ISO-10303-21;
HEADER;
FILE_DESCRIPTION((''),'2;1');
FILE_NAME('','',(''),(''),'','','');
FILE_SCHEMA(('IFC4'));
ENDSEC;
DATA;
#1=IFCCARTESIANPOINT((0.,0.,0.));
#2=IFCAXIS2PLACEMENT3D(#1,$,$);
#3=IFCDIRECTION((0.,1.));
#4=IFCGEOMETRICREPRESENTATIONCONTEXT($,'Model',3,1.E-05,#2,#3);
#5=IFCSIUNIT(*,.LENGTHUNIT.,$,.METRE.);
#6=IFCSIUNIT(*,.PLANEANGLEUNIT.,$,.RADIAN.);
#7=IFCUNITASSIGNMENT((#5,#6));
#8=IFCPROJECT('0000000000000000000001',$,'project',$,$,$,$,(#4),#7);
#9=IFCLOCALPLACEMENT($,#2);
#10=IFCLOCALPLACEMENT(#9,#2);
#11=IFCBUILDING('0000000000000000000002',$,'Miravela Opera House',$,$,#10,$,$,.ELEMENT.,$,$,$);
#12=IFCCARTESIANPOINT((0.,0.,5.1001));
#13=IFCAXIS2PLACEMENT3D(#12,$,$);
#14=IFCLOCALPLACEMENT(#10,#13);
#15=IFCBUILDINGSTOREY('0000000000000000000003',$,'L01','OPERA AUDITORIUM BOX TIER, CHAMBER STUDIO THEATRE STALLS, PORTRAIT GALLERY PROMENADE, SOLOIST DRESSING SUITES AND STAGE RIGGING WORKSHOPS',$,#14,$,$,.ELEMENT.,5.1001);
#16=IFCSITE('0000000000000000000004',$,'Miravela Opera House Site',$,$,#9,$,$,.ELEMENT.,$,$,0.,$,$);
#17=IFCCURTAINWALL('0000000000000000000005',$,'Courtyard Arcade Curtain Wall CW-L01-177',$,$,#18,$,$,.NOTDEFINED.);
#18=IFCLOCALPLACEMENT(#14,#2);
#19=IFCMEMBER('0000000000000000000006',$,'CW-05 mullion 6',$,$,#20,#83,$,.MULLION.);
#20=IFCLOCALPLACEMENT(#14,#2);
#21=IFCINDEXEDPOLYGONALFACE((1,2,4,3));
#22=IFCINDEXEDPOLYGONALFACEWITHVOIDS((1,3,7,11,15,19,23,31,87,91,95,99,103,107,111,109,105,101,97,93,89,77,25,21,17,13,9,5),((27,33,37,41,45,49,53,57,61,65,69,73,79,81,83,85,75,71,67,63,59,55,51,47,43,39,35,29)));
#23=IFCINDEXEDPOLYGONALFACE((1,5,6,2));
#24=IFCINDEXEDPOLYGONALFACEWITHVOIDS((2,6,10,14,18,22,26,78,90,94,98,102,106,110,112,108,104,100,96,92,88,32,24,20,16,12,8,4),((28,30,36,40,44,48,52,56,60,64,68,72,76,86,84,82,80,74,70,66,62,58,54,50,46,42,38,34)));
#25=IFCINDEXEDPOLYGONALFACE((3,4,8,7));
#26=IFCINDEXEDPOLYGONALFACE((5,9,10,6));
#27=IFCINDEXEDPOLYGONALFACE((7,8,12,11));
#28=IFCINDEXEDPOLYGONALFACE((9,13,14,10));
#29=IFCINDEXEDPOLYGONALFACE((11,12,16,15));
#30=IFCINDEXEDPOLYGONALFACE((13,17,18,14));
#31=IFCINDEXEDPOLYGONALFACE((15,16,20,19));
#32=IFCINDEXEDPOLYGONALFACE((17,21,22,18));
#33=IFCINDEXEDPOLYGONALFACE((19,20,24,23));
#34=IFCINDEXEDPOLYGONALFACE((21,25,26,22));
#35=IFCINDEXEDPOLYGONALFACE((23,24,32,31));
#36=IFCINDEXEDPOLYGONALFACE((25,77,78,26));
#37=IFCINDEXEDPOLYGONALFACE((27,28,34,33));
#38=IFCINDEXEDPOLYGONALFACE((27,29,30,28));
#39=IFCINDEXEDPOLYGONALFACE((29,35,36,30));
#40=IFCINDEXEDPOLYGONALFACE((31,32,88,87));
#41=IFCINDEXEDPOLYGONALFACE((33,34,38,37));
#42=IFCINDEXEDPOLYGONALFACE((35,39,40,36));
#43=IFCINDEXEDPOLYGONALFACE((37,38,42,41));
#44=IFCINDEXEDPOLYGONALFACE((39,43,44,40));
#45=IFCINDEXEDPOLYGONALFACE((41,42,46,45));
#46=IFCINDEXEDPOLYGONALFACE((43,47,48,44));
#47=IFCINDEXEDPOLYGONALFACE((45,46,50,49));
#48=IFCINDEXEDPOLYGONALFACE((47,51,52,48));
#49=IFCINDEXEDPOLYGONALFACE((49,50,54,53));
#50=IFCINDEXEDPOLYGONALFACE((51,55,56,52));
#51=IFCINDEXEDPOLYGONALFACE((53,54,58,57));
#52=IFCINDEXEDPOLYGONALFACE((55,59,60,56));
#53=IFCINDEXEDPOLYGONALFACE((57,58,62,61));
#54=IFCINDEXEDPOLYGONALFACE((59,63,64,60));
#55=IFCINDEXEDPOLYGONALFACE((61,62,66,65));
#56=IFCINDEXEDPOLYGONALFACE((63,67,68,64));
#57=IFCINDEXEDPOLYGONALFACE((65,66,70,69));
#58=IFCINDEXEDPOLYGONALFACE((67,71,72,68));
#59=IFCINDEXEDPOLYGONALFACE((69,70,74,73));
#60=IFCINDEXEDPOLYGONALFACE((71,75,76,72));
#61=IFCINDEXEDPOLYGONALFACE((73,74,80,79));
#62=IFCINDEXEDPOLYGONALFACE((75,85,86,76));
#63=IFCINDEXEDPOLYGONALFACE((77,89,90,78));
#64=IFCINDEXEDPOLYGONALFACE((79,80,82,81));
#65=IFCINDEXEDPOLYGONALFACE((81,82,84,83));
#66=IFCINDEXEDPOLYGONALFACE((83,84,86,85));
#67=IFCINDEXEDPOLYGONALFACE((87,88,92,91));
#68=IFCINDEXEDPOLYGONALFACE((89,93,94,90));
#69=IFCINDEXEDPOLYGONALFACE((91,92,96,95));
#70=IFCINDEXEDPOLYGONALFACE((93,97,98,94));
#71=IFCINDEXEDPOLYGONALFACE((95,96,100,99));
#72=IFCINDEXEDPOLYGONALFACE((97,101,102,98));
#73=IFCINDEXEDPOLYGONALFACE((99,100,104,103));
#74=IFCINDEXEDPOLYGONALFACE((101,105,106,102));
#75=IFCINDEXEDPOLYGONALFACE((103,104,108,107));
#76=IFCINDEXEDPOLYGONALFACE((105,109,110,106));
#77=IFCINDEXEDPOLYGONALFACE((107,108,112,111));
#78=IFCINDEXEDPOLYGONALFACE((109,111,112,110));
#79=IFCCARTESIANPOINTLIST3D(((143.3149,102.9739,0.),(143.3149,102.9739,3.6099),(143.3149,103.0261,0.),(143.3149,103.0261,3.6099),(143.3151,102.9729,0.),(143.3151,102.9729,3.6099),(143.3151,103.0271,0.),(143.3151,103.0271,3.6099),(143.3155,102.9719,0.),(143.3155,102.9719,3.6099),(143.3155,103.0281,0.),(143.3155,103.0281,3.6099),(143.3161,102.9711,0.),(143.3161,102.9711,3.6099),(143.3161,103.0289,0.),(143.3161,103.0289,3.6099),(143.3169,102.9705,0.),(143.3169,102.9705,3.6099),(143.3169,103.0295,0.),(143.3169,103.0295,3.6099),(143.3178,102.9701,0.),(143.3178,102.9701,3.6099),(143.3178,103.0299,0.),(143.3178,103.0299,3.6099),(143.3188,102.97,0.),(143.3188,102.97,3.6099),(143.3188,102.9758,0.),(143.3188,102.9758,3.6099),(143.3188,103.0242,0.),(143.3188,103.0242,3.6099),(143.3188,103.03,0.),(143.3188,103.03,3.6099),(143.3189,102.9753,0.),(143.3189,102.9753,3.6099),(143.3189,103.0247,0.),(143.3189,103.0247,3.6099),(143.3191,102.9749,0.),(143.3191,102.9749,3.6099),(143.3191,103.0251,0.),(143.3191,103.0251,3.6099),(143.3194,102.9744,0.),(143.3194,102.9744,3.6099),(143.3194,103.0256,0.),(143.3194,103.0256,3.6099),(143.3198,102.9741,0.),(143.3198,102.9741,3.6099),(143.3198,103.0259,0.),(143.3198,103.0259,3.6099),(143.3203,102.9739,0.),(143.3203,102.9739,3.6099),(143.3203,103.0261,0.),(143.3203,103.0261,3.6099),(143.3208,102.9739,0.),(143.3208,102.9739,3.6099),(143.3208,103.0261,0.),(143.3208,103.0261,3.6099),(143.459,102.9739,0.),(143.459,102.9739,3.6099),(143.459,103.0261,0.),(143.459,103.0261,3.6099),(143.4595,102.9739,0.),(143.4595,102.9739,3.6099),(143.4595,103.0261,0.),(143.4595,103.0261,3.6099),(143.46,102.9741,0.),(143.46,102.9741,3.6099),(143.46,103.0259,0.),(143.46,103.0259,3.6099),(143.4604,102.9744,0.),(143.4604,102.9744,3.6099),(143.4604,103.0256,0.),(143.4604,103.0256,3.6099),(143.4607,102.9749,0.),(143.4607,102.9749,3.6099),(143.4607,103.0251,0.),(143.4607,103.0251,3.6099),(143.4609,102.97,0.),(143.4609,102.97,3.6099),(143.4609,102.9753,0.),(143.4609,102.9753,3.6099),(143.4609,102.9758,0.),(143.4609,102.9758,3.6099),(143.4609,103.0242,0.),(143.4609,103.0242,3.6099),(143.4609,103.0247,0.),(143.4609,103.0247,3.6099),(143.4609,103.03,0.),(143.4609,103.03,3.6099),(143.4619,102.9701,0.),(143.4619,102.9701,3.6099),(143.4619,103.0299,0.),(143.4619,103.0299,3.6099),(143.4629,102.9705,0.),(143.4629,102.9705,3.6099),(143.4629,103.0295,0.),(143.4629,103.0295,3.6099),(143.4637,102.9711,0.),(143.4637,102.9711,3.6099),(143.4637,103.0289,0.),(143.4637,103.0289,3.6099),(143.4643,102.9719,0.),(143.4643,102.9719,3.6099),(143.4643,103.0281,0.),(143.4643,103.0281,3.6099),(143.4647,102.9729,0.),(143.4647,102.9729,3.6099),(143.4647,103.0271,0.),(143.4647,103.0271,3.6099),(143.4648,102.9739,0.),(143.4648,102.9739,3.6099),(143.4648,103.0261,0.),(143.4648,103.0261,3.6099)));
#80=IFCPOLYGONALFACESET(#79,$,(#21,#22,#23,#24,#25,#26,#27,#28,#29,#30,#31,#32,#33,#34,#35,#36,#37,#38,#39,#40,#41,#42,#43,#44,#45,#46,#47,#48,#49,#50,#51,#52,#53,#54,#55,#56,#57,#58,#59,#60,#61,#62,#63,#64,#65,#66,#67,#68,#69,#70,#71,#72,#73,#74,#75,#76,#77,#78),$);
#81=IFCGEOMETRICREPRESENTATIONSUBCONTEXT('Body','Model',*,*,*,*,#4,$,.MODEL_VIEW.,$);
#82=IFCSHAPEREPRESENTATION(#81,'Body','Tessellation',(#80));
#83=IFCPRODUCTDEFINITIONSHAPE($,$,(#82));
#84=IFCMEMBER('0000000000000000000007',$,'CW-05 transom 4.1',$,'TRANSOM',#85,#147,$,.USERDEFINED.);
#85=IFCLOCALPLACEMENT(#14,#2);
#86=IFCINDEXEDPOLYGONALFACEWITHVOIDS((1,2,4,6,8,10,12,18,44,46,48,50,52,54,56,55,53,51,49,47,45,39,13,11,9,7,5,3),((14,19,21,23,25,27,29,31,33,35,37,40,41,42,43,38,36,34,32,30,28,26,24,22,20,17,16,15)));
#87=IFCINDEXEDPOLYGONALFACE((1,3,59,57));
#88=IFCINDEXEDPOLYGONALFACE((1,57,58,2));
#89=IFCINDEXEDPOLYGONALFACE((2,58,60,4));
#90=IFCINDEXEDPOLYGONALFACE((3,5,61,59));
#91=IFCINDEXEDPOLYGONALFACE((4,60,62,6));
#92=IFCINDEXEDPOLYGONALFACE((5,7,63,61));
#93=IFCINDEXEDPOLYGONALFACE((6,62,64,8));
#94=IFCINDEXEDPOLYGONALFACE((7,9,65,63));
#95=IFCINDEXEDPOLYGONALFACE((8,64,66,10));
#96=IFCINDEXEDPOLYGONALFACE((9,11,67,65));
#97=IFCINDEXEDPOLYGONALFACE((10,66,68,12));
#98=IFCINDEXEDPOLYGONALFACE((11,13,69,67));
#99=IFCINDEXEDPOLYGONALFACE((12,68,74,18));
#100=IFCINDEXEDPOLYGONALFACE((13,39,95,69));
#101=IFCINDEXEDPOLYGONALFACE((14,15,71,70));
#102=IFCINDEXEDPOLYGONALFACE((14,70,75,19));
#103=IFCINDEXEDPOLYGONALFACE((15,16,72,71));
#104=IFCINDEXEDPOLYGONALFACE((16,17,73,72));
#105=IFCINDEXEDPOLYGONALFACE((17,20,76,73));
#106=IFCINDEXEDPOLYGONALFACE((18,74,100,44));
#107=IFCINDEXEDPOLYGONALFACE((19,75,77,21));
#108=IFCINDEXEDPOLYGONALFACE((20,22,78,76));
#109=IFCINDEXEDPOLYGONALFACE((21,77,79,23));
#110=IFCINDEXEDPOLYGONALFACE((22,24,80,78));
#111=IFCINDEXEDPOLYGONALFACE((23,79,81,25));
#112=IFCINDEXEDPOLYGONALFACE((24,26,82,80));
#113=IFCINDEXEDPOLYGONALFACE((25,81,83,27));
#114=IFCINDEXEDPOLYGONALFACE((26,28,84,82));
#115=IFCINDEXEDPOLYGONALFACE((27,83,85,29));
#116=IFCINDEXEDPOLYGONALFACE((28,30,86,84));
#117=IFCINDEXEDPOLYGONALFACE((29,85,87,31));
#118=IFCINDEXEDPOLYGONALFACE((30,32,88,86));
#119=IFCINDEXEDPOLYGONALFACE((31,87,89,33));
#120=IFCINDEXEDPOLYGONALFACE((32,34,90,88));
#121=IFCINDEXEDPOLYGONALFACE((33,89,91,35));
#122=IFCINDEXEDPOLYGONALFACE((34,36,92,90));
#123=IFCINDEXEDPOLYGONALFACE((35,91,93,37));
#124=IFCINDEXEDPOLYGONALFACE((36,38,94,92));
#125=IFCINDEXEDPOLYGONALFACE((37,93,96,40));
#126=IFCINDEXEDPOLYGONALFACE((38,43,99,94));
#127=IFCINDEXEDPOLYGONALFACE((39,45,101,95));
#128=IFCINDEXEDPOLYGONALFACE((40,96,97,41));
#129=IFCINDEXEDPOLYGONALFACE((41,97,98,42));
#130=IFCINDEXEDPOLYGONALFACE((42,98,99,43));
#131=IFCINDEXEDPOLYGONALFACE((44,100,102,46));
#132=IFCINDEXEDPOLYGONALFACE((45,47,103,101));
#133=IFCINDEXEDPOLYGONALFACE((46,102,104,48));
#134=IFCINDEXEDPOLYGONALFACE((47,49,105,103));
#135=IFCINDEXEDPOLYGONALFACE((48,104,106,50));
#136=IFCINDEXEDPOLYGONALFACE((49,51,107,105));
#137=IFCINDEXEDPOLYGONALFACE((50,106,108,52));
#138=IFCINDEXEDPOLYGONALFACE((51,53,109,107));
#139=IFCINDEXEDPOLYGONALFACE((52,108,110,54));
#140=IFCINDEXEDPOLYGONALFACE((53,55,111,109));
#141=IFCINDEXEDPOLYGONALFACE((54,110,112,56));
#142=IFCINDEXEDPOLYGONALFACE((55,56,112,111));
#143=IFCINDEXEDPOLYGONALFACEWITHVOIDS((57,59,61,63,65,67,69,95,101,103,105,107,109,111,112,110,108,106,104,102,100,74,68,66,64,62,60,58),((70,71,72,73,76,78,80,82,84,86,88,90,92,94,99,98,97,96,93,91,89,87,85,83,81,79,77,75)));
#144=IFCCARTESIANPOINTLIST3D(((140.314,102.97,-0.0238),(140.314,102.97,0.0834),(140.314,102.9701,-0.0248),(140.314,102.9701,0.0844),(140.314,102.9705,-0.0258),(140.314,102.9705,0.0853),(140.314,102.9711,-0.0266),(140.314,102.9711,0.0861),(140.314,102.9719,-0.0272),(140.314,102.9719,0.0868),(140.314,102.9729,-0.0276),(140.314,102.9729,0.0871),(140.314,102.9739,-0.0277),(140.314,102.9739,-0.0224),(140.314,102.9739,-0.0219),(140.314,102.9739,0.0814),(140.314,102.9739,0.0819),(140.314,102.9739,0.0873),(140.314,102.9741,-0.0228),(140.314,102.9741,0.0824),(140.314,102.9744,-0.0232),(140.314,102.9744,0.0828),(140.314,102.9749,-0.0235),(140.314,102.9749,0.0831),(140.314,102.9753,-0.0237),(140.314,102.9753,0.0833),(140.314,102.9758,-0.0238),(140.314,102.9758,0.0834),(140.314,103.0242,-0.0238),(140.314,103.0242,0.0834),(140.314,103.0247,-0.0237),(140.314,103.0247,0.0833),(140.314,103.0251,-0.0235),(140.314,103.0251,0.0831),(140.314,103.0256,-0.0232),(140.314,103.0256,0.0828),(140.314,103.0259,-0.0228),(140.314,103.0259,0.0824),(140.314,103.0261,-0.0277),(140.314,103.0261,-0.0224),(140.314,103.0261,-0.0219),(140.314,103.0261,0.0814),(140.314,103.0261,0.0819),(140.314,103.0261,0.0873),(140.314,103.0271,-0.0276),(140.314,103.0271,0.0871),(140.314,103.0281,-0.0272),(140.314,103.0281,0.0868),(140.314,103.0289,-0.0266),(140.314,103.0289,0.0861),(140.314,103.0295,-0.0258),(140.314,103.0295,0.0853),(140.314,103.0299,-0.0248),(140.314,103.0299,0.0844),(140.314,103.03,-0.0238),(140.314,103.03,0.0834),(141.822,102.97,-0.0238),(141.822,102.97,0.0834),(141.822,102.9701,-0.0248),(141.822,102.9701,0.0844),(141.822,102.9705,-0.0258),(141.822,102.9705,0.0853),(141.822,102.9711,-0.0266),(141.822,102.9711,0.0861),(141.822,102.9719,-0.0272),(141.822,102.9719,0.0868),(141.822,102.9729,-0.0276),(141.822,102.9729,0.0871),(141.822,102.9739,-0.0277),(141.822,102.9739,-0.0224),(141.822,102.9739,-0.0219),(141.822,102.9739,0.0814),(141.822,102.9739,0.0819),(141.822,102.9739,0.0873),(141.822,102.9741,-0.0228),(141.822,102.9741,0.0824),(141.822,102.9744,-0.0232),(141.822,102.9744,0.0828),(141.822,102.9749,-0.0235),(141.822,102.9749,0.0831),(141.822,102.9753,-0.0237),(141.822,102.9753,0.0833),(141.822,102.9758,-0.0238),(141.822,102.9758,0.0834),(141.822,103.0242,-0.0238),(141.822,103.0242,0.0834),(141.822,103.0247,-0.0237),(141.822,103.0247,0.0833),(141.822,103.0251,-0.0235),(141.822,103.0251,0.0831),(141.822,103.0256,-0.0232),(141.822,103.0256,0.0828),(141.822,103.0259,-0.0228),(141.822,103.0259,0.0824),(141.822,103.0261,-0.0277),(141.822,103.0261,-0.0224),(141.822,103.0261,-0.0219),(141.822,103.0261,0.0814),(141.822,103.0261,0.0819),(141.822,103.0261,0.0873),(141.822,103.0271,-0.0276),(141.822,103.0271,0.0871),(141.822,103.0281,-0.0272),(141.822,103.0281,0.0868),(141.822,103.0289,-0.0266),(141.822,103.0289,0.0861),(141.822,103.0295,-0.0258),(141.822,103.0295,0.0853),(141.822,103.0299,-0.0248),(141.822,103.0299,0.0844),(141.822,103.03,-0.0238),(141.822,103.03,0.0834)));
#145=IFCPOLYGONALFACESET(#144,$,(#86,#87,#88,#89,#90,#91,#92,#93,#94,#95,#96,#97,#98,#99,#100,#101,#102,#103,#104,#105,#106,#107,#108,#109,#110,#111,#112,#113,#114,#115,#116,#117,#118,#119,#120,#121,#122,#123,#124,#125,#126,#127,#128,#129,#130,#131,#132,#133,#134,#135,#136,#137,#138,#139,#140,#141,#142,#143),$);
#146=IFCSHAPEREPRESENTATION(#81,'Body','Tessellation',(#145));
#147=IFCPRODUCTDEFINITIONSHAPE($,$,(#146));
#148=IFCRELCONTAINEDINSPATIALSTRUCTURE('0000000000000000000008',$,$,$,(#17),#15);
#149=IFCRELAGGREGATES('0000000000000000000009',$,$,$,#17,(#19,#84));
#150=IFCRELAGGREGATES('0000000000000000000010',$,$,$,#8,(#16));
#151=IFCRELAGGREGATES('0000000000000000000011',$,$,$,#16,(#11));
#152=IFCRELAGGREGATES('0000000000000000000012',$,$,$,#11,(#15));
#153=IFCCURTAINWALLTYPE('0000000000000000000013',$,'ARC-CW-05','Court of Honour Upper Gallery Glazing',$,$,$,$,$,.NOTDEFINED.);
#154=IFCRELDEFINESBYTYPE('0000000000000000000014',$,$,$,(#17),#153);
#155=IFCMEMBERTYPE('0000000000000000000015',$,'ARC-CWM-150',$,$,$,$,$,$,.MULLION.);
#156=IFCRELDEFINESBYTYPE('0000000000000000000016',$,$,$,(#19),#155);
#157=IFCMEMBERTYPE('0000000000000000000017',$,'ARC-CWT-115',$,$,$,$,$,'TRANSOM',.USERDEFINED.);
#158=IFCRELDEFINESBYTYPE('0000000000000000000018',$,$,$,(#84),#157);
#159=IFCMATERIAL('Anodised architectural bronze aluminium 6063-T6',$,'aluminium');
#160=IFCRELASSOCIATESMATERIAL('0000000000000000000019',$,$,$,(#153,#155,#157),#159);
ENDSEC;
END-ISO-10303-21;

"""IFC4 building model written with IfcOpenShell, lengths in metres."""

from ifc_helpers import new_model, si_unit, direction, frame, origin, origin_2d, place, context, subcontext, project, spatial, hollow_rectangle, extrude, material, material_profile, profile_set, type_object, element, aggregate, save


model = new_model("IFC4")

# Units and contexts
model_context = context("Model", 3, precision=1e-05, world=origin(), true_north=direction((0.0, 1.0)))
body_context = subcontext(model_context, "Body", "Model", "MODEL_VIEW")
ifc_project = project(units=[si_unit("LENGTHUNIT", "METRE"), si_unit("PLANEANGLEUNIT", "RADIAN")], contexts=[model_context])

# Site, building, storey
site_placement = place(None, origin())
site = spatial("IfcSite", under=ifc_project, at=site_placement, Name="Miravela Opera House Site", CompositionType="ELEMENT", RefElevation=0.0)
building_placement = place(site_placement, origin())
building = spatial("IfcBuilding", under=site, at=building_placement, Name="Miravela Opera House", CompositionType="ELEMENT")
storey_placement = place(building_placement, frame((0.0, 0.0, 5.1001)))
storey = spatial("IfcBuildingStorey", under=building, at=storey_placement, Name="L01", Description="OPERA AUDITORIUM BOX TIER, CHAMBER STUDIO THEATRE STALLS, PORTRAIT GALLERY PROMENADE, SOLOIST DRESSING SUITES AND STAGE RIGGING WORKSHOPS", CompositionType="ELEMENT", Elevation=5.1001)

# Curtain wall, members
ifc_material_1 = material(Name="Anodised architectural bronze aluminium 6063-T6", Category="aluminium")
curtain_wall_type = type_object("IfcCurtainWallType", Name="ARC-CW-05", Description="Court of Honour Upper Gallery Glazing", PredefinedType="NOTDEFINED", material=ifc_material_1)
curtain_wall_placement = place(storey_placement, origin())
curtain_wall = element("IfcCurtainWall", 1, at=curtain_wall_placement, inside=storey, type_object=curtain_wall_type, Name="Courtyard Arcade Curtain Wall CW-L01-177", PredefinedType="NOTDEFINED")
ifc_material_profile_1 = material_profile(ifc_material_1, hollow_rectangle(XDim=0.0601, YDim=0.1499, WallThickness=0.0039, InnerFilletRadius=0.002, OuterFilletRadius=0.0039, at=origin_2d()), Name="CWM-60X150")
ifc_profile_set_1 = profile_set([ifc_material_profile_1])
member_type_1 = type_object("IfcMemberType", Name="ARC-CWM-150", PredefinedType="MULLION", material=ifc_profile_set_1)
member_1_placement = place(storey_placement, frame((143.3899, 103.0, 0.0), z_axis=(0.0, 0.0, 1.0), x_axis=(0.0, 1.0, 0.0)))
member_1 = element("IfcMember", 2, at=member_1_placement, type_object=member_type_1, Name="CW-05 mullion 6", PredefinedType="MULLION", context=body_context, shape_type="SweptSolid", body=[
    extrude(hollow_rectangle(XDim=0.0601, YDim=0.1499, WallThickness=0.0039, InnerFilletRadius=0.002, OuterFilletRadius=0.0039, at=origin_2d()), origin(), (0.0, 0.0, 1.0), 3.6099),
])
ifc_material_profile_2 = material_profile(ifc_material_1, hollow_rectangle(XDim=0.0601, YDim=0.115, WallThickness=0.0039, InnerFilletRadius=0.002, OuterFilletRadius=0.0039, at=origin_2d()), Name="CWT-60X115")
ifc_profile_set_2 = profile_set([ifc_material_profile_2])
member_type_2 = type_object("IfcMemberType", Name="ARC-CWT-115", ElementType="TRANSOM", PredefinedType="USERDEFINED", material=ifc_profile_set_2)
member_2_placement = place(storey_placement, frame((140.314, 103.0, 0.0298), z_axis=(1.0, 0.0, 0.0), x_axis=(0.0, 1.0, 0.0)))
member_2 = element("IfcMember", 3, at=member_2_placement, type_object=member_type_2, Name="CW-05 transom 4.1", ObjectType="TRANSOM", PredefinedType="USERDEFINED", context=body_context, shape_type="SweptSolid", body=[
    extrude(hollow_rectangle(XDim=0.0601, YDim=0.115, WallThickness=0.0039, InnerFilletRadius=0.002, OuterFilletRadius=0.0039, at=origin_2d()), origin(), (0.0, 0.0, 1.0), 1.5081),
])

aggregate(curtain_wall, [member_1, member_2])

save(model, "model.ifc")
